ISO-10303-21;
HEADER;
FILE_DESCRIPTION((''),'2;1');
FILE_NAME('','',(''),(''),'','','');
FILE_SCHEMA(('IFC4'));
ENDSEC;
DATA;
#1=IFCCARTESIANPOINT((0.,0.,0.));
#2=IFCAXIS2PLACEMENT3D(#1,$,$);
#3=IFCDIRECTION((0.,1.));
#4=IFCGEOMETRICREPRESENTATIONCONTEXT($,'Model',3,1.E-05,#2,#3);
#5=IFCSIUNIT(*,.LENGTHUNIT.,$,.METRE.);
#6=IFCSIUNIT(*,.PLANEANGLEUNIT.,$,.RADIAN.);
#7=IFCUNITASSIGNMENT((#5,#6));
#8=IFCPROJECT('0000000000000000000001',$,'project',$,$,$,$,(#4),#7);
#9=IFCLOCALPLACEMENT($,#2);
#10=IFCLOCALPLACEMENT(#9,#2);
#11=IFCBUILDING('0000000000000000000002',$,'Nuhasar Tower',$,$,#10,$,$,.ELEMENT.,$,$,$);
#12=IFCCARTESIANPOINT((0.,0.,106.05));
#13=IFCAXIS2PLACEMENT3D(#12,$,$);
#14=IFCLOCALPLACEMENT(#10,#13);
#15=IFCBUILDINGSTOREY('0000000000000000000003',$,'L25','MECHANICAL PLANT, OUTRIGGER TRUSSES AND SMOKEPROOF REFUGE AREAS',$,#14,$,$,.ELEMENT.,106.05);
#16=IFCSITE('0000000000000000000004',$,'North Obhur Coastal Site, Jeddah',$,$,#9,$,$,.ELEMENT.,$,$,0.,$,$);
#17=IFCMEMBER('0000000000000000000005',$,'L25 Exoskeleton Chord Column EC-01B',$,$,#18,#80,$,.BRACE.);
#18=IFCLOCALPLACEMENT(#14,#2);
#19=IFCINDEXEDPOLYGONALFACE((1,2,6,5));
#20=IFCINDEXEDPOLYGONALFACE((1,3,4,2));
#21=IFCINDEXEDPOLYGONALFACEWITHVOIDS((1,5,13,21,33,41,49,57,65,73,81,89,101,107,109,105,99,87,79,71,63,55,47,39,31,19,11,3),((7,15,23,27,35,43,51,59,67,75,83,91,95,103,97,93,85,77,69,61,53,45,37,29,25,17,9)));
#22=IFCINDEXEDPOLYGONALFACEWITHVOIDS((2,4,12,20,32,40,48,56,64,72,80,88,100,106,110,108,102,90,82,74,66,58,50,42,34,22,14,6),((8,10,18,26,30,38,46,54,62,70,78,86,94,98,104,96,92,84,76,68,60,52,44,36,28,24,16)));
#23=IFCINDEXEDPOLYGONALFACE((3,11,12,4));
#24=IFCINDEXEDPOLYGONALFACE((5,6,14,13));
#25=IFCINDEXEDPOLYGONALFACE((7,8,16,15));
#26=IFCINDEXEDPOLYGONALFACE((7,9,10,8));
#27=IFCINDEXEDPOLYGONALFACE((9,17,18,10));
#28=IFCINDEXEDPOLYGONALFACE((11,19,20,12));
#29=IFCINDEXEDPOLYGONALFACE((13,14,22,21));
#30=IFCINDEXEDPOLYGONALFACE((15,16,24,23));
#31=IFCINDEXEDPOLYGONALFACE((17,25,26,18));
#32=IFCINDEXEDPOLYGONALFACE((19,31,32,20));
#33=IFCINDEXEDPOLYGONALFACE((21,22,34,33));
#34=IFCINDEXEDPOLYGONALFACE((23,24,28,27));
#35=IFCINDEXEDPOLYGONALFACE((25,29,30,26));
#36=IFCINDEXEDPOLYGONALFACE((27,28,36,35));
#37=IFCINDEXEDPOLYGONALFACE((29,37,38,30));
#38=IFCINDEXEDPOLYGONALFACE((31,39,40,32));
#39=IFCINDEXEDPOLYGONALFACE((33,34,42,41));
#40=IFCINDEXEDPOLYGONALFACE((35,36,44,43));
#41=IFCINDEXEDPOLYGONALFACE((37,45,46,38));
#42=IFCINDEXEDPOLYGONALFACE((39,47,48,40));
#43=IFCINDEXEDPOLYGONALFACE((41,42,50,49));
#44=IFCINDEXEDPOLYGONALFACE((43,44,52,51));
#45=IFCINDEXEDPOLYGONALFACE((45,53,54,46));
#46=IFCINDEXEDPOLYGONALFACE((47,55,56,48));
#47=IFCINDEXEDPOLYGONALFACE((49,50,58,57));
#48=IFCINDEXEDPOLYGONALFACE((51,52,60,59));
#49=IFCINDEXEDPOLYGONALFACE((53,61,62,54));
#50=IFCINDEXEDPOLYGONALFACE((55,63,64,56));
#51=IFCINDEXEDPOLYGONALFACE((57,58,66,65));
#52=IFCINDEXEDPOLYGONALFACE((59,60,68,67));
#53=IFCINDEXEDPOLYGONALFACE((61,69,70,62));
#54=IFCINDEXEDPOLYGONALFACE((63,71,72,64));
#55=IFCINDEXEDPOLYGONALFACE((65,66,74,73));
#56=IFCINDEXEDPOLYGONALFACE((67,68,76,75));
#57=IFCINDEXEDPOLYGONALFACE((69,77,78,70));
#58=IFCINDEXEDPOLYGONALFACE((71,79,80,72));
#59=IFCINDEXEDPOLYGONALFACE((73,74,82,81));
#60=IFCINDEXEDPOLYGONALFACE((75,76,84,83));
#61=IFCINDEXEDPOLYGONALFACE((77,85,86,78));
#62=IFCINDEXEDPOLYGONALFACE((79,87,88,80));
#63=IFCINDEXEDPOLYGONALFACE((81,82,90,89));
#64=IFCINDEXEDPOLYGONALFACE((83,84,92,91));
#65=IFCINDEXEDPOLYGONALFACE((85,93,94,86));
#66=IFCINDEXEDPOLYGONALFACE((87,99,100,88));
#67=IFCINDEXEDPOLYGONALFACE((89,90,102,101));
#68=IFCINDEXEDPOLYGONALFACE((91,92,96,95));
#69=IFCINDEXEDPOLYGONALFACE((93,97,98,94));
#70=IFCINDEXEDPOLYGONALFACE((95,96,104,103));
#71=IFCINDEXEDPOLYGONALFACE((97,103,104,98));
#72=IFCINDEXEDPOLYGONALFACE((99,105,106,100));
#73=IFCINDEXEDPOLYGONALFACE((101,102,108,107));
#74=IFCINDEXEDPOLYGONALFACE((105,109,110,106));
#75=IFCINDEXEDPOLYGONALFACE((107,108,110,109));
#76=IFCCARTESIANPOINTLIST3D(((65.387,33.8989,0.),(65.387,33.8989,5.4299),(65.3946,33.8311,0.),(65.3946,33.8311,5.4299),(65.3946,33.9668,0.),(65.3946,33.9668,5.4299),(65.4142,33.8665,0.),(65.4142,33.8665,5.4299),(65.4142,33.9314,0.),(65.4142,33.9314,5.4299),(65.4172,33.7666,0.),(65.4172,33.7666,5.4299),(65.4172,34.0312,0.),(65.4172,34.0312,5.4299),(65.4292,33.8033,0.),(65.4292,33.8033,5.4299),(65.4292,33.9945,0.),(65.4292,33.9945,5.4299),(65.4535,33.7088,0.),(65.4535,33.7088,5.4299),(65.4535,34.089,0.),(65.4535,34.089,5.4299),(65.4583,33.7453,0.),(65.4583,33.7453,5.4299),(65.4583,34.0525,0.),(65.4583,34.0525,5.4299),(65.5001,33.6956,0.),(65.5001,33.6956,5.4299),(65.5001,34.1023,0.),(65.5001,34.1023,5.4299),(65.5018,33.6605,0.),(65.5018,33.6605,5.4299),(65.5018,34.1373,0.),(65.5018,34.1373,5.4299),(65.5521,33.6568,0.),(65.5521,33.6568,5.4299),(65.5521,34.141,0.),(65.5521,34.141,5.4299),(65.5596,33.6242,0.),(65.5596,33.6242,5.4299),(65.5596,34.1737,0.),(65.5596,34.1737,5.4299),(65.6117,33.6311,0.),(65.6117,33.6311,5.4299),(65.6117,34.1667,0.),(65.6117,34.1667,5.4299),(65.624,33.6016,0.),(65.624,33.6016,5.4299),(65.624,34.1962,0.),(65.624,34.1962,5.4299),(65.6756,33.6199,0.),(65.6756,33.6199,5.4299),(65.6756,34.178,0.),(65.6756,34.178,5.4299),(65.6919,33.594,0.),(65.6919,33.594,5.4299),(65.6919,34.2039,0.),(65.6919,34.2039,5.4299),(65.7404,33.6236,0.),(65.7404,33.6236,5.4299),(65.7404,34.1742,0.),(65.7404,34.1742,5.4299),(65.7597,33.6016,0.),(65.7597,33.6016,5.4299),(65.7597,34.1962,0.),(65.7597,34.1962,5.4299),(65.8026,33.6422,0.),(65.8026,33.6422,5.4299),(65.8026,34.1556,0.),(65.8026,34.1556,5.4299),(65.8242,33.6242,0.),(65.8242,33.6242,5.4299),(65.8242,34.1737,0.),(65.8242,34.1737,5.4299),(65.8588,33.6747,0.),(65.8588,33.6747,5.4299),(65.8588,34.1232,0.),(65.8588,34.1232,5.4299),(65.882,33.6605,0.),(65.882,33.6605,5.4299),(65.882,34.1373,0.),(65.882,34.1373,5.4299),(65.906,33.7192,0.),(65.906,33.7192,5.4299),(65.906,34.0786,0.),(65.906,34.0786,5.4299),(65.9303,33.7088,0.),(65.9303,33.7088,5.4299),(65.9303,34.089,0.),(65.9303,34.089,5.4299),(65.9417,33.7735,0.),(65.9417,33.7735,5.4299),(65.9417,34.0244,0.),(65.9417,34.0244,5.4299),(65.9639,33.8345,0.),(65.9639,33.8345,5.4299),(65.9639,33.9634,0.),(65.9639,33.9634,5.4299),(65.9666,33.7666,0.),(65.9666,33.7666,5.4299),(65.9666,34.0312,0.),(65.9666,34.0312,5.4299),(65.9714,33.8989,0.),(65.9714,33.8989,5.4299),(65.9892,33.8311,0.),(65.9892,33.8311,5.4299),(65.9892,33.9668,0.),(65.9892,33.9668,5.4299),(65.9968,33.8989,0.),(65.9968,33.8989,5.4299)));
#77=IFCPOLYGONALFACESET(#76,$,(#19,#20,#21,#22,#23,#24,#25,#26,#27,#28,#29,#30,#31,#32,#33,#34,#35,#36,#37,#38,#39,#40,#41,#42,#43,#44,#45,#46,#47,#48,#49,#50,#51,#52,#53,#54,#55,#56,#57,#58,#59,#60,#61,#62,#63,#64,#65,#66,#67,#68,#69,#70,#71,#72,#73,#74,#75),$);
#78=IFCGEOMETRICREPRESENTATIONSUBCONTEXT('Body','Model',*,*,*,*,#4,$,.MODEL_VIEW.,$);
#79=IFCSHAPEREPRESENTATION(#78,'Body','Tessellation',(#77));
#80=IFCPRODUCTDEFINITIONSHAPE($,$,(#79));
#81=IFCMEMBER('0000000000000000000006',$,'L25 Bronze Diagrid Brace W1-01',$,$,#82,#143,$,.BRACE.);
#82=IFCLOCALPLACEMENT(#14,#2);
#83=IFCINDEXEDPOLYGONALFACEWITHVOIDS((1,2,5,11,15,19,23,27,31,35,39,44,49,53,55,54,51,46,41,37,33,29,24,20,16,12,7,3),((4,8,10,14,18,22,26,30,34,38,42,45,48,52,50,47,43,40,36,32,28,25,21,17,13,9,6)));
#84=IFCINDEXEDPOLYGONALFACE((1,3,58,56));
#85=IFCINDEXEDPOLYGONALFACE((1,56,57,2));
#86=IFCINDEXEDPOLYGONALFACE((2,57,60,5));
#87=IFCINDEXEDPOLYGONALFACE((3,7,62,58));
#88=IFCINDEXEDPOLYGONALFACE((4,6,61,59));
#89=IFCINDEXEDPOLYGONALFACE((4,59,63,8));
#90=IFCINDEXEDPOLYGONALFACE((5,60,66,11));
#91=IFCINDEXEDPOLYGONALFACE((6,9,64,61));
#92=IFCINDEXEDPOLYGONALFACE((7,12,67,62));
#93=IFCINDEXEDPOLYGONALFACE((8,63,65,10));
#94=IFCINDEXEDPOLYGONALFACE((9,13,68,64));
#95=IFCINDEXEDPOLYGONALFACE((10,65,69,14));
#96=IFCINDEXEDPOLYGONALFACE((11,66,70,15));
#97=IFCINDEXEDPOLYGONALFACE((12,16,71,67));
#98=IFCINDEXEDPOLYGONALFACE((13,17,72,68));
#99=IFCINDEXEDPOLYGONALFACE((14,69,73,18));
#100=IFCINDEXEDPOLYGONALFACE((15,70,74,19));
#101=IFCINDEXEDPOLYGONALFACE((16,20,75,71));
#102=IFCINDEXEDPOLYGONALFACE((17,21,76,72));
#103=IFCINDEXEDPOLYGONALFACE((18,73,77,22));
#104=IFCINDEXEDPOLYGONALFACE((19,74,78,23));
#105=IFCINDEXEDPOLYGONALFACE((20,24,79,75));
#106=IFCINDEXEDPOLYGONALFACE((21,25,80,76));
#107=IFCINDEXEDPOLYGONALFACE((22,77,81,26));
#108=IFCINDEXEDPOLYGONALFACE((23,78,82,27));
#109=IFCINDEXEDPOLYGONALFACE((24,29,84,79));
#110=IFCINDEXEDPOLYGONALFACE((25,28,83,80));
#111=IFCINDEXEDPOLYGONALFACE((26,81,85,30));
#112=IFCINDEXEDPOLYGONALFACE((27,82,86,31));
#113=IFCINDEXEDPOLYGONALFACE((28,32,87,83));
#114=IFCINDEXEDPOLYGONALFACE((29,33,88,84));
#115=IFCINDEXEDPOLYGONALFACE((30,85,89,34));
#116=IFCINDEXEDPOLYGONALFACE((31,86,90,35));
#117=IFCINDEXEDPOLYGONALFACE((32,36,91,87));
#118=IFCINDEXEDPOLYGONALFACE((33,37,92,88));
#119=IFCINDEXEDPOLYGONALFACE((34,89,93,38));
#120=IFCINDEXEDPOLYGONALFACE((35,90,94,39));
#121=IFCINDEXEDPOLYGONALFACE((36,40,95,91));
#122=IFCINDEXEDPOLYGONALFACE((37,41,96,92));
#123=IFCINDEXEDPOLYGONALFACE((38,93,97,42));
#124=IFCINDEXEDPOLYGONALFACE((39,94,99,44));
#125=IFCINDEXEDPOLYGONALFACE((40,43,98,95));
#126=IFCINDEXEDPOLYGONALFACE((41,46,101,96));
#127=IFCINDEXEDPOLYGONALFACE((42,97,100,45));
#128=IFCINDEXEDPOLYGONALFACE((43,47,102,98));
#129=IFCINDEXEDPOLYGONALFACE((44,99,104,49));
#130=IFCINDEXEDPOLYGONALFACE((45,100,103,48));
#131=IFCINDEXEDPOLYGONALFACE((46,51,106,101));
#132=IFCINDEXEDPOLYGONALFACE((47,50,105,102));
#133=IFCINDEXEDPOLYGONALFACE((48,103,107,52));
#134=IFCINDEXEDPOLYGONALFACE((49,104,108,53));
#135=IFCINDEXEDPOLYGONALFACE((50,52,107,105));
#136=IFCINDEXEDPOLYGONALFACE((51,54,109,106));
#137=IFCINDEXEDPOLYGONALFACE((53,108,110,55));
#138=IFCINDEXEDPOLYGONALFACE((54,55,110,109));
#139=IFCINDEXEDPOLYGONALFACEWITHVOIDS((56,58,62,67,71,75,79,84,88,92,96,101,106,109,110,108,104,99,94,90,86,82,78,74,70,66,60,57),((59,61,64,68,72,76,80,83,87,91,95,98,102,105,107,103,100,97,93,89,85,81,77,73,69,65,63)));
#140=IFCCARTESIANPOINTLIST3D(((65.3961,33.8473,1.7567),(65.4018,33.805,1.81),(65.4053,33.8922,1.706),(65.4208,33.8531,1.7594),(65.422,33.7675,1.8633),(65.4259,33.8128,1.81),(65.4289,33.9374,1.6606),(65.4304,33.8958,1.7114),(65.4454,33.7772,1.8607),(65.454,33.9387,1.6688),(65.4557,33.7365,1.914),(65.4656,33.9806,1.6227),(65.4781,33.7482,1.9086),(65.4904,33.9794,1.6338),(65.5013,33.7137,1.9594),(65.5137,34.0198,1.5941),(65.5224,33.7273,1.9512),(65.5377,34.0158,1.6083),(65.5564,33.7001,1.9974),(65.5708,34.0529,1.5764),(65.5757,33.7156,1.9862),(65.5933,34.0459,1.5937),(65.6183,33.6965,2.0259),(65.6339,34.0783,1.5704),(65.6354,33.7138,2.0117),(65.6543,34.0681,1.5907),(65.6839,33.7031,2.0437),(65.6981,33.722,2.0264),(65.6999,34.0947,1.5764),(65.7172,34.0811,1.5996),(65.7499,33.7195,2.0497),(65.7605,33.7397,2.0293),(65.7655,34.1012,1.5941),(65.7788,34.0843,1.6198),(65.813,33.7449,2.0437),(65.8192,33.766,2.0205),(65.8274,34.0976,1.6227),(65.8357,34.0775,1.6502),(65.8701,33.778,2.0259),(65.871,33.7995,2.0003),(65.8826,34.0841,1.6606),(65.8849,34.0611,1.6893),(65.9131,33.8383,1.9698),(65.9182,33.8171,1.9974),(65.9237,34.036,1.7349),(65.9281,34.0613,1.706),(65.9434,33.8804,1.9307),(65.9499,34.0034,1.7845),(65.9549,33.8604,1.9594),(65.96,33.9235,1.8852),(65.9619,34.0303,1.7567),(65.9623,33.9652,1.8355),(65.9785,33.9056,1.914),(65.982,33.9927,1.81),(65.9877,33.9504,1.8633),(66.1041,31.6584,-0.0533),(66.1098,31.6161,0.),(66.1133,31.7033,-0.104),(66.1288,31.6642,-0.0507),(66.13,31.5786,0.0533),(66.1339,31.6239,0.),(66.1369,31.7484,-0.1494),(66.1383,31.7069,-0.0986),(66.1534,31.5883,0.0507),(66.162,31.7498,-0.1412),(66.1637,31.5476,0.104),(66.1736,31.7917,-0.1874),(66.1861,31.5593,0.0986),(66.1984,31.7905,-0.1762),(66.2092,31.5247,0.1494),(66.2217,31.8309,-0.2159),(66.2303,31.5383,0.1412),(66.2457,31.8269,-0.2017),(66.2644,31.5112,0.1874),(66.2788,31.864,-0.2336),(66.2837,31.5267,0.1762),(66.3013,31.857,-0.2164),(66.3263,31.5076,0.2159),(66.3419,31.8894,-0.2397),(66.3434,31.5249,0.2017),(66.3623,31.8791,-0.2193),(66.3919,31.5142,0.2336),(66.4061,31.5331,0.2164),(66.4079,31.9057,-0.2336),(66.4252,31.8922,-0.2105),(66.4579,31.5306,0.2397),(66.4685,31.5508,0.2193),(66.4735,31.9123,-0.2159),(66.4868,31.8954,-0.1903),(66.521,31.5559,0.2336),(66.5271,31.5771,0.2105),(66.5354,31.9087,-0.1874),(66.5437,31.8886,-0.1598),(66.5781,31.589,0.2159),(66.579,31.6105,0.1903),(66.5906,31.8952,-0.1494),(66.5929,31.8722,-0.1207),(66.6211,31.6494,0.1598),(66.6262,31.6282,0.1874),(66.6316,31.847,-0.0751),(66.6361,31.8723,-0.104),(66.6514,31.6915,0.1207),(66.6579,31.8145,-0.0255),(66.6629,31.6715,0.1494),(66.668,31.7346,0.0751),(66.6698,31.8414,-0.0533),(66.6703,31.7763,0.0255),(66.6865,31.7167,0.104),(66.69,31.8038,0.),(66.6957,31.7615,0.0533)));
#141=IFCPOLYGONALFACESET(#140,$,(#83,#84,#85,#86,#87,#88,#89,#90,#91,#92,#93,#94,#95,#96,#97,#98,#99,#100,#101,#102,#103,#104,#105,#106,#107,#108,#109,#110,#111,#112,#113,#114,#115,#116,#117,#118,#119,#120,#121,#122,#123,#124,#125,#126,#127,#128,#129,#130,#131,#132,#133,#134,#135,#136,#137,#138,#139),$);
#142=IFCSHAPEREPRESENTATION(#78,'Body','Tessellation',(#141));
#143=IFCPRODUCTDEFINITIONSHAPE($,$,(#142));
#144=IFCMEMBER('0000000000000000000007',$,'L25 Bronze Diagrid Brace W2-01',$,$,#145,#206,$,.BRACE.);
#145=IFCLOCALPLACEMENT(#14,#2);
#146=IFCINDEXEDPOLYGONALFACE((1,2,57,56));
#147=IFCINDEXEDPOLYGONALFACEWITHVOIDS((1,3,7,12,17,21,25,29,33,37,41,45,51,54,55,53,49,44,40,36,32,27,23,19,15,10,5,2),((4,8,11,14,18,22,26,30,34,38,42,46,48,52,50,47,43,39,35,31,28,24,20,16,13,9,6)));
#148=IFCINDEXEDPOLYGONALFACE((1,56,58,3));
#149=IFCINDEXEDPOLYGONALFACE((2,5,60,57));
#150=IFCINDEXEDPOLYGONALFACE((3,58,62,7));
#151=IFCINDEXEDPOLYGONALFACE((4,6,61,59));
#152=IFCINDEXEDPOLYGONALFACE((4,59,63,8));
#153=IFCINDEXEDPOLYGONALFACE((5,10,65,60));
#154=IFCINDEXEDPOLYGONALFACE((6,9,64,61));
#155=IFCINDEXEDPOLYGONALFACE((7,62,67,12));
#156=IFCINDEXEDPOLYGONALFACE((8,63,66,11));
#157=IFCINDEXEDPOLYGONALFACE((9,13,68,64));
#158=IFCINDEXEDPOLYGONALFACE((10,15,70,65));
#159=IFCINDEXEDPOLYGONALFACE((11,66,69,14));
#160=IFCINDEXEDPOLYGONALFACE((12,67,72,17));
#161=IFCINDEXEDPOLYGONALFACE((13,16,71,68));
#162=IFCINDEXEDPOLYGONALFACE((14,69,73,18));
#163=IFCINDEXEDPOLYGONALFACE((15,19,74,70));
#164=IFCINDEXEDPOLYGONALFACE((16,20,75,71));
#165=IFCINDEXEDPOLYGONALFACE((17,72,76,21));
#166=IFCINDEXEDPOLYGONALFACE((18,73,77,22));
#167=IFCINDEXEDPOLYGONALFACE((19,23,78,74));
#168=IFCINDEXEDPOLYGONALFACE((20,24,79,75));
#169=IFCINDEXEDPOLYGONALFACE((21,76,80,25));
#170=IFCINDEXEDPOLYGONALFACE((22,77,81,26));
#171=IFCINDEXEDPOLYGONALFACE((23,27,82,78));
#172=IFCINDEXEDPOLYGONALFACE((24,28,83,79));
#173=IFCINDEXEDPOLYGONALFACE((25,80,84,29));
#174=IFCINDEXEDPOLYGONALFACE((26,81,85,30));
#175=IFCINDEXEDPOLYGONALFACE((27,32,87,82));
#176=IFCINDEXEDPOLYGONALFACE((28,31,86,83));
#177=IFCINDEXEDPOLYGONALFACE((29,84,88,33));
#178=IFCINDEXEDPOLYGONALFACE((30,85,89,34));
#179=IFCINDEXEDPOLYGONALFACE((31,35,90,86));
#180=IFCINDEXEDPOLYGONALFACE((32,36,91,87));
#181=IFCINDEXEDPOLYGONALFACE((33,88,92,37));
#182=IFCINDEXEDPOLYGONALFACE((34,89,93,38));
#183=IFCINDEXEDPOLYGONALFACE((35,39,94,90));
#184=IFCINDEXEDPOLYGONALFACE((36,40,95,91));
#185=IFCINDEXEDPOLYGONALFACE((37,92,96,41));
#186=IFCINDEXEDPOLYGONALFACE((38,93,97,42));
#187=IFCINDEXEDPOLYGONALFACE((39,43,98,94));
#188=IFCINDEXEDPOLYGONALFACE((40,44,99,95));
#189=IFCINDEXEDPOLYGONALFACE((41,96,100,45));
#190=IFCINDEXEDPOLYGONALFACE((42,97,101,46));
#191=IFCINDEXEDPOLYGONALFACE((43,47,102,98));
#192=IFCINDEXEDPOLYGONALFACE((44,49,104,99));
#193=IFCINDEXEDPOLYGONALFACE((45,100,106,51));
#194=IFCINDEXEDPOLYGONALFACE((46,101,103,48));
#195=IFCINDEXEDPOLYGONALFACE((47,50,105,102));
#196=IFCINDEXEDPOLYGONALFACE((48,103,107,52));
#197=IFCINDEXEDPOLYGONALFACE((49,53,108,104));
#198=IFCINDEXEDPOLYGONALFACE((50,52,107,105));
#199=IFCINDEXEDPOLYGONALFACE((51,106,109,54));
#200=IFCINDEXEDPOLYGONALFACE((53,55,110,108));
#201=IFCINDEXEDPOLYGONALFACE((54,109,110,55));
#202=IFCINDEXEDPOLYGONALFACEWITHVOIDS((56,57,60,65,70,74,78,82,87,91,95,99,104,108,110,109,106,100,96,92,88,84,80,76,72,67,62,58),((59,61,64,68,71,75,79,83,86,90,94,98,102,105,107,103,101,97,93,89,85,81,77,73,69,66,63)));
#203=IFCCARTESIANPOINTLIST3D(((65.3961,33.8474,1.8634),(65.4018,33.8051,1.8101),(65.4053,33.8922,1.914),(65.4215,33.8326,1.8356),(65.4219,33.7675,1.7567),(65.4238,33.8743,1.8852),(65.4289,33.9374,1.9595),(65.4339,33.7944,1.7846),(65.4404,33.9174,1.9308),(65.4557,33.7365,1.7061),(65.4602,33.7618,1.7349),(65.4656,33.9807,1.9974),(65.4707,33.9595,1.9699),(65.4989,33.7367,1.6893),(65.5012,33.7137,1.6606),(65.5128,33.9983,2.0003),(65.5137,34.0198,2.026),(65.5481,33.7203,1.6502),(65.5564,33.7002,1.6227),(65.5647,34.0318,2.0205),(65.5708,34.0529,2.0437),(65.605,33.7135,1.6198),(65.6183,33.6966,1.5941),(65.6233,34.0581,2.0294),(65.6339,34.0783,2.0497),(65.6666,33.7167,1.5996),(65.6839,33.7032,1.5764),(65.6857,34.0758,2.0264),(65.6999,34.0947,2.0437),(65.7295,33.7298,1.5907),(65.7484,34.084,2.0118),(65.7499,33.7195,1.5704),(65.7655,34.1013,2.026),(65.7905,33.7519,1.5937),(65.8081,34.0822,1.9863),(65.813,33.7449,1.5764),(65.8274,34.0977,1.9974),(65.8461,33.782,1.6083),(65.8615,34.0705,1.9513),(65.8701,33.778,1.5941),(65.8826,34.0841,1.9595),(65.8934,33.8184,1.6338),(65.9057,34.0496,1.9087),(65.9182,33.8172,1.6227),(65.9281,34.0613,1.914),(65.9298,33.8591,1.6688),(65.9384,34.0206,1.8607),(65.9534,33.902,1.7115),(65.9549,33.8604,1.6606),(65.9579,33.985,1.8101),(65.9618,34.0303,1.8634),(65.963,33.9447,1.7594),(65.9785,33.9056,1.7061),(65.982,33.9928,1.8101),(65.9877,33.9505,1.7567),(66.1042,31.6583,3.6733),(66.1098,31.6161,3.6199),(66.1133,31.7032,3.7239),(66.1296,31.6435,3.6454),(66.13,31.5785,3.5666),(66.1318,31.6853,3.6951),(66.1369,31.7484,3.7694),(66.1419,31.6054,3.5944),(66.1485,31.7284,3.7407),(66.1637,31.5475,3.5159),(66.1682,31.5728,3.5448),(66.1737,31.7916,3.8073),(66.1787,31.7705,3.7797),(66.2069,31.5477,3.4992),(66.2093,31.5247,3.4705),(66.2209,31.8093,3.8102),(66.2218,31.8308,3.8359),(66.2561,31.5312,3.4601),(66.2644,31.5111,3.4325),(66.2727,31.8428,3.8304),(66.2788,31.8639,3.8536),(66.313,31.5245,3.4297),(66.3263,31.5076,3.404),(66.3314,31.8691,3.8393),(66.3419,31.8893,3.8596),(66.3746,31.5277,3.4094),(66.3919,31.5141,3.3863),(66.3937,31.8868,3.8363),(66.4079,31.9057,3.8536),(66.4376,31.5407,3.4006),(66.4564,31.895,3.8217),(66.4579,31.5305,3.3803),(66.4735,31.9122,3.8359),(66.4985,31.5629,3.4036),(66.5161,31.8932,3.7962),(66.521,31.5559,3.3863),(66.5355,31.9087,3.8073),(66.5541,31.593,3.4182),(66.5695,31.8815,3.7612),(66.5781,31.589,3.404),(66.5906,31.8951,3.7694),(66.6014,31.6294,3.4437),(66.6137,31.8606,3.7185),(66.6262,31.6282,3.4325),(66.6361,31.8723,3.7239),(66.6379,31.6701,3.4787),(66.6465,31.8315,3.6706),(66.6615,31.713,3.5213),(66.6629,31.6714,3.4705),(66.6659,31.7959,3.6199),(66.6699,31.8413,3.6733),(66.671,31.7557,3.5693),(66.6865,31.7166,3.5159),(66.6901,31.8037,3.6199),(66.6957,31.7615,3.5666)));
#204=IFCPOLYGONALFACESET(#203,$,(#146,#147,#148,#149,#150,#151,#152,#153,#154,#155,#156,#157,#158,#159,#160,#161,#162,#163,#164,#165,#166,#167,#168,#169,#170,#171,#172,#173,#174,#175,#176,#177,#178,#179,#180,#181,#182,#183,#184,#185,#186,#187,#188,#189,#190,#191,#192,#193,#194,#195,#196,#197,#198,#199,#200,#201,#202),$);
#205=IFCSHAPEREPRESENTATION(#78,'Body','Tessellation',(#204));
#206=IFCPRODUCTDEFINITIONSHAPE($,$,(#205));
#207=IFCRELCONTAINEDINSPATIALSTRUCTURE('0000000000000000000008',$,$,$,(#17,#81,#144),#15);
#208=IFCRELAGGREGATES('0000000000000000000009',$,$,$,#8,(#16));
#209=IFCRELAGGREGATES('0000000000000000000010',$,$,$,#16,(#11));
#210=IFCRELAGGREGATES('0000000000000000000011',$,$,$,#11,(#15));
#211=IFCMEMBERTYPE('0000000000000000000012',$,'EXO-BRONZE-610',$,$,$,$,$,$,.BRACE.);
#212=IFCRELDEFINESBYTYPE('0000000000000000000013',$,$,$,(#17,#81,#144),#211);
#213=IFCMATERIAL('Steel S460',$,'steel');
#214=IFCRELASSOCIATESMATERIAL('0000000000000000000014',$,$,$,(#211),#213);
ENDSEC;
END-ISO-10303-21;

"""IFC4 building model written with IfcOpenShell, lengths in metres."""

from ifc_helpers import new_model, si_unit, direction, frame, origin, origin_2d, place, context, subcontext, project, spatial, hollow_circle, extrude, material, material_profile, profile_set, type_object, element, save


model = new_model("IFC4")

# Units and contexts
model_context = context("Model", 3, precision=1e-05, world=origin(), true_north=direction((0.0, 1.0)))
body_context = subcontext(model_context, "Body", "Model", "MODEL_VIEW")
ifc_project = project(units=[si_unit("LENGTHUNIT", "METRE"), si_unit("PLANEANGLEUNIT", "RADIAN")], contexts=[model_context])

# Site, building, storey
site_placement = place(None, origin())
site = spatial("IfcSite", under=ifc_project, at=site_placement, Name="North Obhur Coastal Site, Jeddah", CompositionType="ELEMENT", RefElevation=0.0)
building_placement = place(site_placement, origin())
building = spatial("IfcBuilding", under=site, at=building_placement, Name="Nuhasar Tower", CompositionType="ELEMENT")
storey_placement = place(building_placement, frame((0.0, 0.0, 106.05)))
storey = spatial("IfcBuildingStorey", under=building, at=storey_placement, Name="L25", Description="MECHANICAL PLANT, OUTRIGGER TRUSSES AND SMOKEPROOF REFUGE AREAS", CompositionType="ELEMENT", Elevation=106.05)

# Shared definitions
ifc_material_1 = material(Name="Steel S460", Category="steel")

# Members
ifc_material_profile_1 = material_profile(ifc_material_1, hollow_circle(Radius=0.3049, WallThickness=0.0254, at=origin_2d()), Name="HSS610X25.4")
ifc_profile_set_1 = profile_set([ifc_material_profile_1], Name="Steel S460")
member_type_1 = type_object("IfcMemberType", Name="EXO-BRONZE-610", PredefinedType="BRACE", material=ifc_profile_set_1)
for number, where, z_axis, x_axis, name in (
    (1, (65.6919, 33.8989, 0.0), (0.0, 0.0, 1.0), (1.0, 0.0, 0.0), "L25 Exoskeleton Chord Column EC-01B"),
):
    element("IfcMember", number, at=place(storey_placement, frame(where, z_axis=z_axis, x_axis=x_axis)), inside=storey, type_object=member_type_1, Name=name, PredefinedType="BRACE", context=body_context, shape_type="SweptSolid", body=[
        extrude(hollow_circle(Radius=0.3049, WallThickness=0.0254, at=origin_2d()), origin(), (0.0, 0.0, 1.0), 5.4299),
    ])
for number, where, z_axis, x_axis, name in (
    (2, (66.3999, 31.71, 0.0), (-0.241863, 0.747773, 0.618335), (-0.951468, -0.307747, 0.0), "L25 Bronze Diagrid Brace W1-01"),
    (3, (65.6919, 33.8989, 1.8101), (0.241875, -0.747812, 0.618283), (0.951468, 0.307747, 0.0), "L25 Bronze Diagrid Brace W2-01"),
):
    element("IfcMember", number, at=place(storey_placement, frame(where, z_axis=z_axis, x_axis=x_axis)), inside=storey, type_object=member_type_1, Name=name, PredefinedType="BRACE", context=body_context, shape_type="SweptSolid", body=[
        extrude(hollow_circle(Radius=0.3049, WallThickness=0.0254, at=origin_2d()), origin(), (0.0, 0.0, 1.0), 2.9272),
    ])

save(model, "model.ifc")
